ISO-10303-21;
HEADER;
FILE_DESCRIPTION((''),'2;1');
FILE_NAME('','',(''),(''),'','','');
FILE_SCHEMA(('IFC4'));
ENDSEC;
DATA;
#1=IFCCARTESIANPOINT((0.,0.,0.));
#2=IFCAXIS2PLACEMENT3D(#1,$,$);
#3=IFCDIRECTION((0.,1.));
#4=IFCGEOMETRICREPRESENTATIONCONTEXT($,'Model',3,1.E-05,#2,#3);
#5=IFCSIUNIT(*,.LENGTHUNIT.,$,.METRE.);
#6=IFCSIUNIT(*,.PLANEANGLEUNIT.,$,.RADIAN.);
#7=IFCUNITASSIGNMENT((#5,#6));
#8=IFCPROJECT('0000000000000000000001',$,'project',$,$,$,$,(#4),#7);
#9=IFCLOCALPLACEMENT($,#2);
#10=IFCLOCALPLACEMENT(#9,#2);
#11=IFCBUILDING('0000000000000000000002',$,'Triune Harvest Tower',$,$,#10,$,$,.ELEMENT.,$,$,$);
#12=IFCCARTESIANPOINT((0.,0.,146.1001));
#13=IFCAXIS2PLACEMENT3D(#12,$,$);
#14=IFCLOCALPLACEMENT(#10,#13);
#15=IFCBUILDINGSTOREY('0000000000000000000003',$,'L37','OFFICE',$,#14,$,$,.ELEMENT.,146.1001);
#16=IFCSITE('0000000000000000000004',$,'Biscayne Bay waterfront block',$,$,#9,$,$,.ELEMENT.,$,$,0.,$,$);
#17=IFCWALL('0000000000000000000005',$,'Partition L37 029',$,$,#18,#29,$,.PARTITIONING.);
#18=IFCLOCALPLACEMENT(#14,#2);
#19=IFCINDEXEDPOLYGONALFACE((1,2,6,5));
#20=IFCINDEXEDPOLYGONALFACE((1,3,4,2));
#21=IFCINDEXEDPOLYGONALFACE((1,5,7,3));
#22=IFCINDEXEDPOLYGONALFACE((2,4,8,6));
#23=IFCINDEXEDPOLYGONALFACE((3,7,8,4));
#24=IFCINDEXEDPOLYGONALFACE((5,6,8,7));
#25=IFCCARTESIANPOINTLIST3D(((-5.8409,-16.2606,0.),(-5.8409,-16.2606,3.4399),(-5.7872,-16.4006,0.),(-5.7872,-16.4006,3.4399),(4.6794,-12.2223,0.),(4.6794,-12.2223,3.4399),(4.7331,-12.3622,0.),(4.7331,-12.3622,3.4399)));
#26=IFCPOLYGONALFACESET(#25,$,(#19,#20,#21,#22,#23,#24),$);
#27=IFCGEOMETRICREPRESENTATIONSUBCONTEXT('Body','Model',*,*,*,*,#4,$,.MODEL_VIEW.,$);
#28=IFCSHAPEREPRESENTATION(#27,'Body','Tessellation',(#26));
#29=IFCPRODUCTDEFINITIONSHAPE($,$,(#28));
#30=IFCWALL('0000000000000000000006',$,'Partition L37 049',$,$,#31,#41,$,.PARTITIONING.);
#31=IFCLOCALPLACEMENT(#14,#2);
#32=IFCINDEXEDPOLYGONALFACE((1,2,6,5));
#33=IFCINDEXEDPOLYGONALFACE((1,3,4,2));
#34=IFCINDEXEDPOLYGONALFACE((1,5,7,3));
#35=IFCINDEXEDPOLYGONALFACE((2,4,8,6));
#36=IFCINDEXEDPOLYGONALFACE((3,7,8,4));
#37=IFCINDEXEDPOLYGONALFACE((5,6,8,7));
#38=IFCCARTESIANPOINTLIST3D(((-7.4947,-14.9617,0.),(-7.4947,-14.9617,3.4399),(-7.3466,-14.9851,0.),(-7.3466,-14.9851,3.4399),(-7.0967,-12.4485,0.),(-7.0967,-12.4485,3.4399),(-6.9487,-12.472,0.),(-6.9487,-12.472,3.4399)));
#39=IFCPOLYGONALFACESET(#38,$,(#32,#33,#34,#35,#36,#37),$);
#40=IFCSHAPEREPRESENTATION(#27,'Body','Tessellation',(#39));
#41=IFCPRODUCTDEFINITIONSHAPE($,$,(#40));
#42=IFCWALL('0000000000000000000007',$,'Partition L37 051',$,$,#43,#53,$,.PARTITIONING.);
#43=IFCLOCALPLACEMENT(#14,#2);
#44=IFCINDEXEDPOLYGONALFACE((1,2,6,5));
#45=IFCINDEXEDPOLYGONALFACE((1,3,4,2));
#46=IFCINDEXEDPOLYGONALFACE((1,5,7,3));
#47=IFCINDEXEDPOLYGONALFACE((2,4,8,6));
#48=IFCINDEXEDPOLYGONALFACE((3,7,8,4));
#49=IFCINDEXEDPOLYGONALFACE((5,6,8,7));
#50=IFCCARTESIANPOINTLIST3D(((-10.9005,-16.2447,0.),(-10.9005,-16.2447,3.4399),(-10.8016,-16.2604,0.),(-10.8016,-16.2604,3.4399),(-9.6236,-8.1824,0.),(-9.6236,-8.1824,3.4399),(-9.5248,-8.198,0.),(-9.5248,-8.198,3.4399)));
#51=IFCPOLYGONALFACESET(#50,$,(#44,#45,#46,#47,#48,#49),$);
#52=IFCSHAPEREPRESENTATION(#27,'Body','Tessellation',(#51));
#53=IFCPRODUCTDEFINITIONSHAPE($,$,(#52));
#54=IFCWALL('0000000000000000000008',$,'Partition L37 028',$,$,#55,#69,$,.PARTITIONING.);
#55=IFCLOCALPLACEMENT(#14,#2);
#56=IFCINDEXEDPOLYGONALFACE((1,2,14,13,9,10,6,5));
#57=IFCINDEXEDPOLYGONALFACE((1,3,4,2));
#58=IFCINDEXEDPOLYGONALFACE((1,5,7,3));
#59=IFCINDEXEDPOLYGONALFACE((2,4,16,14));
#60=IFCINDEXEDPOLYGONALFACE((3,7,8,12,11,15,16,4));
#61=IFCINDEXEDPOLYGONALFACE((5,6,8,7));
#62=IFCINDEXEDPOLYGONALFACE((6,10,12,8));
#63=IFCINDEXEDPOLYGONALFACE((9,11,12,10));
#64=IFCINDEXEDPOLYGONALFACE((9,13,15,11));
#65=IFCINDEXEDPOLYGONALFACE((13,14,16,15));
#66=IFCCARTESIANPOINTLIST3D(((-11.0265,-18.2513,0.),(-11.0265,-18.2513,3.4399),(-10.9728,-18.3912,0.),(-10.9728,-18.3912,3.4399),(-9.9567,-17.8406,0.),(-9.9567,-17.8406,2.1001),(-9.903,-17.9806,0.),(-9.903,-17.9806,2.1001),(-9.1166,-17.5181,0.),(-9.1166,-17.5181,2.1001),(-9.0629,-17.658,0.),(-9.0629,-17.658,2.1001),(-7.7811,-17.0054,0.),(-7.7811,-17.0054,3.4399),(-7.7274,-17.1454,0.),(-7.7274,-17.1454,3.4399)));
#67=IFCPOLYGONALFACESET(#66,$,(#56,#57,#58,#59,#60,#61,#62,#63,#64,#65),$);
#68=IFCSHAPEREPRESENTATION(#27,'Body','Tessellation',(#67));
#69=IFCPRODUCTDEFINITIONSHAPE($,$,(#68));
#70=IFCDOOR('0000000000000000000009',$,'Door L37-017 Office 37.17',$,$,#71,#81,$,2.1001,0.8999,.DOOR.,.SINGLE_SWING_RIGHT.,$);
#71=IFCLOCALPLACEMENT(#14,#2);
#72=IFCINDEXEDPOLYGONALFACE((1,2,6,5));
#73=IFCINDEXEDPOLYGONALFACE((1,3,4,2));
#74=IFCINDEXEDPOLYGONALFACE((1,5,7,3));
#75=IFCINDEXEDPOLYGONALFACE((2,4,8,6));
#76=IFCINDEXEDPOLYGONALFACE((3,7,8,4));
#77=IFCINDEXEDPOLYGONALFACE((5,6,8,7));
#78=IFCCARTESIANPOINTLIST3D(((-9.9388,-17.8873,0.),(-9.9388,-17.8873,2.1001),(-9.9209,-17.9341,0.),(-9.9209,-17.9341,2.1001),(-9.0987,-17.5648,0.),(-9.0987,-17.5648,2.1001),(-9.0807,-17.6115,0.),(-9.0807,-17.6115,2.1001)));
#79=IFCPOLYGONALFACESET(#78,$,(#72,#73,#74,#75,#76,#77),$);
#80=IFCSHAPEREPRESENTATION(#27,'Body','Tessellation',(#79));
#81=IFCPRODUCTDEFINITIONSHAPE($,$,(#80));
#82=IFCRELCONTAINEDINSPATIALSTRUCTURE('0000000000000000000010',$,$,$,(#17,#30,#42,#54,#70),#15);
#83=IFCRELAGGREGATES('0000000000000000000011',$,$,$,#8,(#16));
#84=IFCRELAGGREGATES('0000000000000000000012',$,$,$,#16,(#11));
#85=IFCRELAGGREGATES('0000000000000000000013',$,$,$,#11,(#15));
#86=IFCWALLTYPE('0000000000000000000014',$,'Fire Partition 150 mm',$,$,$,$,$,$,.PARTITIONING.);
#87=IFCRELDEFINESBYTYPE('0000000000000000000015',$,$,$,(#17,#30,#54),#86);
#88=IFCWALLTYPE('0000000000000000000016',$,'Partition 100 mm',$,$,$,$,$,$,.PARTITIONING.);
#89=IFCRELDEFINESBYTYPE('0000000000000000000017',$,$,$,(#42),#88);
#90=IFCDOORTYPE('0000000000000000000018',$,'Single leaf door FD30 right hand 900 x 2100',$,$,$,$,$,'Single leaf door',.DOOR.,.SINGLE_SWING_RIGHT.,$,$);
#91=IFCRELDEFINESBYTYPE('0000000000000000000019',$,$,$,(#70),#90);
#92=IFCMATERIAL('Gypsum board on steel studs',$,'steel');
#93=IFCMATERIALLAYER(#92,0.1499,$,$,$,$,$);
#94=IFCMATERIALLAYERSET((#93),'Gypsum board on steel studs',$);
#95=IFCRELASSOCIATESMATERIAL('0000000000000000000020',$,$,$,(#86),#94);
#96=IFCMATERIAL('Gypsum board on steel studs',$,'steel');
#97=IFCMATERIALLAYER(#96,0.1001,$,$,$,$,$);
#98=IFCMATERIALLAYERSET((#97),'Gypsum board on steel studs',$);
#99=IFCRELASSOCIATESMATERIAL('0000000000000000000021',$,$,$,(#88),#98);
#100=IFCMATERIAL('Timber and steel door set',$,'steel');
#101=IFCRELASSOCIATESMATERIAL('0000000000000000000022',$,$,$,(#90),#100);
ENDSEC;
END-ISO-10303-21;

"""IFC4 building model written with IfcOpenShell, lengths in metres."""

from ifc_helpers import new_model, si_unit, direction, frame, frame_2d, origin, place, context, subcontext, project, spatial, rectangle, extrude, source, transform, mapped, material, layer, layer_set, type_object, element, fill, save


model = new_model("IFC4")

# Units and contexts
model_context = context("Model", 3, precision=1e-05, world=origin(), true_north=direction((0.0, 1.0)))
body_context = subcontext(model_context, "Body", "Model", "MODEL_VIEW")
ifc_project = project(units=[si_unit("LENGTHUNIT", "METRE"), si_unit("PLANEANGLEUNIT", "RADIAN")], contexts=[model_context])

# Site, building, storey
site_placement = place(None, origin())
site = spatial("IfcSite", under=ifc_project, at=site_placement, Name="Biscayne Bay waterfront block", CompositionType="ELEMENT", RefElevation=0.0)
building_placement = place(site_placement, origin())
building = spatial("IfcBuilding", under=site, at=building_placement, Name="Triune Harvest Tower", CompositionType="ELEMENT")
storey_placement = place(building_placement, frame((0.0, 0.0, 146.1001)))
storey = spatial("IfcBuildingStorey", under=building, at=storey_placement, Name="L37", Description="OFFICE", CompositionType="ELEMENT", Elevation=146.1001)

# Walls
ifc_material_1 = material(Name="Gypsum board on steel studs", Category="steel")
ifc_layer_1 = layer(ifc_material_1, 0.1499)
ifc_layer_set_1 = layer_set([ifc_layer_1], Name="Gypsum board on steel studs")
wall_type_1 = type_object("IfcWallType", Name="Fire Partition 150 mm", PredefinedType="PARTITIONING", material=ifc_layer_set_1)
shared_shape_1 = source(origin(), body_context, "Body", "SweptSolid", [
    extrude(rectangle(XDim=11.2688, YDim=0.1499, at=frame_2d((5.6343, 0.0))), origin(), (0.0, 0.0, 1.0), 3.4399),
])
wall_1_placement = place(storey_placement, frame((-5.814, -16.3306, 0.0), z_axis=(0.0, 0.0, 1.0), x_axis=(0.933581, 0.358366, 0.0)))
element("IfcWall", 1, at=wall_1_placement, inside=storey, type_object=wall_type_1, Name="Partition L37 029", PredefinedType="PARTITIONING", context=body_context, shape_type="MappedRepresentation", body=[
    mapped(shared_shape_1, transform((0.0, 0.0, 0.0), scale=1.0)),
])
shared_shape_2 = source(origin(), body_context, "Body", "SweptSolid", [
    extrude(rectangle(XDim=2.5444, YDim=0.1499, at=frame_2d((1.2722, 0.0))), origin(), (0.0, 0.0, 1.0), 3.4399),
])
wall_2_placement = place(storey_placement, frame((-7.4207, -14.9734, 0.0), z_axis=(0.0, 0.0, 1.0), x_axis=(0.156396, 0.987694, 0.0)))
element("IfcWall", 2, at=wall_2_placement, inside=storey, type_object=wall_type_1, Name="Partition L37 049", PredefinedType="PARTITIONING", context=body_context, shape_type="MappedRepresentation", body=[
    mapped(shared_shape_2, transform((0.0, 0.0, 0.0), scale=1.0)),
])
ifc_material_2 = material(Name="Gypsum board on steel studs", Category="steel")
ifc_layer_2 = layer(ifc_material_2, 0.1001)
ifc_layer_set_2 = layer_set([ifc_layer_2], Name="Gypsum board on steel studs")
wall_type_2 = type_object("IfcWallType", Name="Partition 100 mm", PredefinedType="PARTITIONING", material=ifc_layer_set_2)
shared_shape_3 = source(origin(), body_context, "Body", "SweptSolid", [
    extrude(rectangle(XDim=8.1628, YDim=0.1001, at=frame_2d((4.0815, 0.0))), origin(), (0.0, 0.0, 1.0), 3.4399),
])
wall_3_placement = place(storey_placement, frame((-10.8511, -16.2527, 0.0), z_axis=(0.0, 0.0, 1.0), x_axis=(0.156425, 0.98769, 0.0)))
element("IfcWall", 3, at=wall_3_placement, inside=storey, type_object=wall_type_2, Name="Partition L37 051", PredefinedType="PARTITIONING", context=body_context, shape_type="MappedRepresentation", body=[
    mapped(shared_shape_3, transform((0.0, 0.0, 0.0), scale=1.0)),
])

# Wall, opening, door
shared_shape_4 = source(origin(), body_context, "Body", "SweptSolid", [
    extrude(rectangle(XDim=3.4763, YDim=0.1499, at=frame_2d((1.7383, 0.0))), origin(), (0.0, 0.0, 1.0), 3.4399),
])
wall_4_placement = place(storey_placement, frame((-10.9998, -18.3213, 0.0), z_axis=(0.0, 0.0, 1.0), x_axis=(0.933573, 0.358386, 0.0)))
wall_4 = element("IfcWall", 4, at=wall_4_placement, inside=storey, type_object=wall_type_1, Name="Partition L37 028", PredefinedType="PARTITIONING", context=body_context, shape_type="MappedRepresentation", body=[
    mapped(shared_shape_4, transform((0.0, 0.0, 0.0), scale=1.0)),
])
opening_1_placement = place(wall_4_placement, frame((1.146, 0.0, 0.0)))
opening_1 = element("IfcOpeningElement", 5, at=opening_1_placement, cuts=wall_4, PredefinedType="OPENING", context=body_context, shape_type="SweptSolid", body=[
    extrude(rectangle(XDim=0.8999, YDim=2.1001, at=frame_2d((0.45, 1.05))), frame((0.0, 0.085, 0.0), z_axis=(0.0, -1.0, 0.0), x_axis=(1.0, 0.0, 0.0)), (0.0, 0.0, 1.0), 0.1699),
])
ifc_material_3 = material(Name="Timber and steel door set", Category="steel")
door_type_1 = type_object("IfcDoorType", Name="Single leaf door FD30 right hand 900 x 2100", ElementType="Single leaf door", OperationType="SINGLE_SWING_RIGHT", PredefinedType="DOOR", material=ifc_material_3)
door_1_placement = place(opening_1_placement, origin())
door_1 = element("IfcDoor", 6, at=door_1_placement, inside=storey, type_object=door_type_1, Name="Door L37-017 Office 37.17", OperationType="SINGLE_SWING_RIGHT", OverallHeight=2.1001, OverallWidth=0.8999, PredefinedType="DOOR", context=body_context, shape_type="SweptSolid", body=[
    extrude(rectangle(XDim=0.8999, YDim=2.1001, at=frame_2d((0.45, 1.05))), frame((0.0, 0.0249, 0.0), z_axis=(0.0, -1.0, 0.0), x_axis=(1.0, 0.0, 0.0)), (0.0, 0.0, 1.0), 0.05),
])
fill(opening_1, door_1)

save(model, "model.ifc")
